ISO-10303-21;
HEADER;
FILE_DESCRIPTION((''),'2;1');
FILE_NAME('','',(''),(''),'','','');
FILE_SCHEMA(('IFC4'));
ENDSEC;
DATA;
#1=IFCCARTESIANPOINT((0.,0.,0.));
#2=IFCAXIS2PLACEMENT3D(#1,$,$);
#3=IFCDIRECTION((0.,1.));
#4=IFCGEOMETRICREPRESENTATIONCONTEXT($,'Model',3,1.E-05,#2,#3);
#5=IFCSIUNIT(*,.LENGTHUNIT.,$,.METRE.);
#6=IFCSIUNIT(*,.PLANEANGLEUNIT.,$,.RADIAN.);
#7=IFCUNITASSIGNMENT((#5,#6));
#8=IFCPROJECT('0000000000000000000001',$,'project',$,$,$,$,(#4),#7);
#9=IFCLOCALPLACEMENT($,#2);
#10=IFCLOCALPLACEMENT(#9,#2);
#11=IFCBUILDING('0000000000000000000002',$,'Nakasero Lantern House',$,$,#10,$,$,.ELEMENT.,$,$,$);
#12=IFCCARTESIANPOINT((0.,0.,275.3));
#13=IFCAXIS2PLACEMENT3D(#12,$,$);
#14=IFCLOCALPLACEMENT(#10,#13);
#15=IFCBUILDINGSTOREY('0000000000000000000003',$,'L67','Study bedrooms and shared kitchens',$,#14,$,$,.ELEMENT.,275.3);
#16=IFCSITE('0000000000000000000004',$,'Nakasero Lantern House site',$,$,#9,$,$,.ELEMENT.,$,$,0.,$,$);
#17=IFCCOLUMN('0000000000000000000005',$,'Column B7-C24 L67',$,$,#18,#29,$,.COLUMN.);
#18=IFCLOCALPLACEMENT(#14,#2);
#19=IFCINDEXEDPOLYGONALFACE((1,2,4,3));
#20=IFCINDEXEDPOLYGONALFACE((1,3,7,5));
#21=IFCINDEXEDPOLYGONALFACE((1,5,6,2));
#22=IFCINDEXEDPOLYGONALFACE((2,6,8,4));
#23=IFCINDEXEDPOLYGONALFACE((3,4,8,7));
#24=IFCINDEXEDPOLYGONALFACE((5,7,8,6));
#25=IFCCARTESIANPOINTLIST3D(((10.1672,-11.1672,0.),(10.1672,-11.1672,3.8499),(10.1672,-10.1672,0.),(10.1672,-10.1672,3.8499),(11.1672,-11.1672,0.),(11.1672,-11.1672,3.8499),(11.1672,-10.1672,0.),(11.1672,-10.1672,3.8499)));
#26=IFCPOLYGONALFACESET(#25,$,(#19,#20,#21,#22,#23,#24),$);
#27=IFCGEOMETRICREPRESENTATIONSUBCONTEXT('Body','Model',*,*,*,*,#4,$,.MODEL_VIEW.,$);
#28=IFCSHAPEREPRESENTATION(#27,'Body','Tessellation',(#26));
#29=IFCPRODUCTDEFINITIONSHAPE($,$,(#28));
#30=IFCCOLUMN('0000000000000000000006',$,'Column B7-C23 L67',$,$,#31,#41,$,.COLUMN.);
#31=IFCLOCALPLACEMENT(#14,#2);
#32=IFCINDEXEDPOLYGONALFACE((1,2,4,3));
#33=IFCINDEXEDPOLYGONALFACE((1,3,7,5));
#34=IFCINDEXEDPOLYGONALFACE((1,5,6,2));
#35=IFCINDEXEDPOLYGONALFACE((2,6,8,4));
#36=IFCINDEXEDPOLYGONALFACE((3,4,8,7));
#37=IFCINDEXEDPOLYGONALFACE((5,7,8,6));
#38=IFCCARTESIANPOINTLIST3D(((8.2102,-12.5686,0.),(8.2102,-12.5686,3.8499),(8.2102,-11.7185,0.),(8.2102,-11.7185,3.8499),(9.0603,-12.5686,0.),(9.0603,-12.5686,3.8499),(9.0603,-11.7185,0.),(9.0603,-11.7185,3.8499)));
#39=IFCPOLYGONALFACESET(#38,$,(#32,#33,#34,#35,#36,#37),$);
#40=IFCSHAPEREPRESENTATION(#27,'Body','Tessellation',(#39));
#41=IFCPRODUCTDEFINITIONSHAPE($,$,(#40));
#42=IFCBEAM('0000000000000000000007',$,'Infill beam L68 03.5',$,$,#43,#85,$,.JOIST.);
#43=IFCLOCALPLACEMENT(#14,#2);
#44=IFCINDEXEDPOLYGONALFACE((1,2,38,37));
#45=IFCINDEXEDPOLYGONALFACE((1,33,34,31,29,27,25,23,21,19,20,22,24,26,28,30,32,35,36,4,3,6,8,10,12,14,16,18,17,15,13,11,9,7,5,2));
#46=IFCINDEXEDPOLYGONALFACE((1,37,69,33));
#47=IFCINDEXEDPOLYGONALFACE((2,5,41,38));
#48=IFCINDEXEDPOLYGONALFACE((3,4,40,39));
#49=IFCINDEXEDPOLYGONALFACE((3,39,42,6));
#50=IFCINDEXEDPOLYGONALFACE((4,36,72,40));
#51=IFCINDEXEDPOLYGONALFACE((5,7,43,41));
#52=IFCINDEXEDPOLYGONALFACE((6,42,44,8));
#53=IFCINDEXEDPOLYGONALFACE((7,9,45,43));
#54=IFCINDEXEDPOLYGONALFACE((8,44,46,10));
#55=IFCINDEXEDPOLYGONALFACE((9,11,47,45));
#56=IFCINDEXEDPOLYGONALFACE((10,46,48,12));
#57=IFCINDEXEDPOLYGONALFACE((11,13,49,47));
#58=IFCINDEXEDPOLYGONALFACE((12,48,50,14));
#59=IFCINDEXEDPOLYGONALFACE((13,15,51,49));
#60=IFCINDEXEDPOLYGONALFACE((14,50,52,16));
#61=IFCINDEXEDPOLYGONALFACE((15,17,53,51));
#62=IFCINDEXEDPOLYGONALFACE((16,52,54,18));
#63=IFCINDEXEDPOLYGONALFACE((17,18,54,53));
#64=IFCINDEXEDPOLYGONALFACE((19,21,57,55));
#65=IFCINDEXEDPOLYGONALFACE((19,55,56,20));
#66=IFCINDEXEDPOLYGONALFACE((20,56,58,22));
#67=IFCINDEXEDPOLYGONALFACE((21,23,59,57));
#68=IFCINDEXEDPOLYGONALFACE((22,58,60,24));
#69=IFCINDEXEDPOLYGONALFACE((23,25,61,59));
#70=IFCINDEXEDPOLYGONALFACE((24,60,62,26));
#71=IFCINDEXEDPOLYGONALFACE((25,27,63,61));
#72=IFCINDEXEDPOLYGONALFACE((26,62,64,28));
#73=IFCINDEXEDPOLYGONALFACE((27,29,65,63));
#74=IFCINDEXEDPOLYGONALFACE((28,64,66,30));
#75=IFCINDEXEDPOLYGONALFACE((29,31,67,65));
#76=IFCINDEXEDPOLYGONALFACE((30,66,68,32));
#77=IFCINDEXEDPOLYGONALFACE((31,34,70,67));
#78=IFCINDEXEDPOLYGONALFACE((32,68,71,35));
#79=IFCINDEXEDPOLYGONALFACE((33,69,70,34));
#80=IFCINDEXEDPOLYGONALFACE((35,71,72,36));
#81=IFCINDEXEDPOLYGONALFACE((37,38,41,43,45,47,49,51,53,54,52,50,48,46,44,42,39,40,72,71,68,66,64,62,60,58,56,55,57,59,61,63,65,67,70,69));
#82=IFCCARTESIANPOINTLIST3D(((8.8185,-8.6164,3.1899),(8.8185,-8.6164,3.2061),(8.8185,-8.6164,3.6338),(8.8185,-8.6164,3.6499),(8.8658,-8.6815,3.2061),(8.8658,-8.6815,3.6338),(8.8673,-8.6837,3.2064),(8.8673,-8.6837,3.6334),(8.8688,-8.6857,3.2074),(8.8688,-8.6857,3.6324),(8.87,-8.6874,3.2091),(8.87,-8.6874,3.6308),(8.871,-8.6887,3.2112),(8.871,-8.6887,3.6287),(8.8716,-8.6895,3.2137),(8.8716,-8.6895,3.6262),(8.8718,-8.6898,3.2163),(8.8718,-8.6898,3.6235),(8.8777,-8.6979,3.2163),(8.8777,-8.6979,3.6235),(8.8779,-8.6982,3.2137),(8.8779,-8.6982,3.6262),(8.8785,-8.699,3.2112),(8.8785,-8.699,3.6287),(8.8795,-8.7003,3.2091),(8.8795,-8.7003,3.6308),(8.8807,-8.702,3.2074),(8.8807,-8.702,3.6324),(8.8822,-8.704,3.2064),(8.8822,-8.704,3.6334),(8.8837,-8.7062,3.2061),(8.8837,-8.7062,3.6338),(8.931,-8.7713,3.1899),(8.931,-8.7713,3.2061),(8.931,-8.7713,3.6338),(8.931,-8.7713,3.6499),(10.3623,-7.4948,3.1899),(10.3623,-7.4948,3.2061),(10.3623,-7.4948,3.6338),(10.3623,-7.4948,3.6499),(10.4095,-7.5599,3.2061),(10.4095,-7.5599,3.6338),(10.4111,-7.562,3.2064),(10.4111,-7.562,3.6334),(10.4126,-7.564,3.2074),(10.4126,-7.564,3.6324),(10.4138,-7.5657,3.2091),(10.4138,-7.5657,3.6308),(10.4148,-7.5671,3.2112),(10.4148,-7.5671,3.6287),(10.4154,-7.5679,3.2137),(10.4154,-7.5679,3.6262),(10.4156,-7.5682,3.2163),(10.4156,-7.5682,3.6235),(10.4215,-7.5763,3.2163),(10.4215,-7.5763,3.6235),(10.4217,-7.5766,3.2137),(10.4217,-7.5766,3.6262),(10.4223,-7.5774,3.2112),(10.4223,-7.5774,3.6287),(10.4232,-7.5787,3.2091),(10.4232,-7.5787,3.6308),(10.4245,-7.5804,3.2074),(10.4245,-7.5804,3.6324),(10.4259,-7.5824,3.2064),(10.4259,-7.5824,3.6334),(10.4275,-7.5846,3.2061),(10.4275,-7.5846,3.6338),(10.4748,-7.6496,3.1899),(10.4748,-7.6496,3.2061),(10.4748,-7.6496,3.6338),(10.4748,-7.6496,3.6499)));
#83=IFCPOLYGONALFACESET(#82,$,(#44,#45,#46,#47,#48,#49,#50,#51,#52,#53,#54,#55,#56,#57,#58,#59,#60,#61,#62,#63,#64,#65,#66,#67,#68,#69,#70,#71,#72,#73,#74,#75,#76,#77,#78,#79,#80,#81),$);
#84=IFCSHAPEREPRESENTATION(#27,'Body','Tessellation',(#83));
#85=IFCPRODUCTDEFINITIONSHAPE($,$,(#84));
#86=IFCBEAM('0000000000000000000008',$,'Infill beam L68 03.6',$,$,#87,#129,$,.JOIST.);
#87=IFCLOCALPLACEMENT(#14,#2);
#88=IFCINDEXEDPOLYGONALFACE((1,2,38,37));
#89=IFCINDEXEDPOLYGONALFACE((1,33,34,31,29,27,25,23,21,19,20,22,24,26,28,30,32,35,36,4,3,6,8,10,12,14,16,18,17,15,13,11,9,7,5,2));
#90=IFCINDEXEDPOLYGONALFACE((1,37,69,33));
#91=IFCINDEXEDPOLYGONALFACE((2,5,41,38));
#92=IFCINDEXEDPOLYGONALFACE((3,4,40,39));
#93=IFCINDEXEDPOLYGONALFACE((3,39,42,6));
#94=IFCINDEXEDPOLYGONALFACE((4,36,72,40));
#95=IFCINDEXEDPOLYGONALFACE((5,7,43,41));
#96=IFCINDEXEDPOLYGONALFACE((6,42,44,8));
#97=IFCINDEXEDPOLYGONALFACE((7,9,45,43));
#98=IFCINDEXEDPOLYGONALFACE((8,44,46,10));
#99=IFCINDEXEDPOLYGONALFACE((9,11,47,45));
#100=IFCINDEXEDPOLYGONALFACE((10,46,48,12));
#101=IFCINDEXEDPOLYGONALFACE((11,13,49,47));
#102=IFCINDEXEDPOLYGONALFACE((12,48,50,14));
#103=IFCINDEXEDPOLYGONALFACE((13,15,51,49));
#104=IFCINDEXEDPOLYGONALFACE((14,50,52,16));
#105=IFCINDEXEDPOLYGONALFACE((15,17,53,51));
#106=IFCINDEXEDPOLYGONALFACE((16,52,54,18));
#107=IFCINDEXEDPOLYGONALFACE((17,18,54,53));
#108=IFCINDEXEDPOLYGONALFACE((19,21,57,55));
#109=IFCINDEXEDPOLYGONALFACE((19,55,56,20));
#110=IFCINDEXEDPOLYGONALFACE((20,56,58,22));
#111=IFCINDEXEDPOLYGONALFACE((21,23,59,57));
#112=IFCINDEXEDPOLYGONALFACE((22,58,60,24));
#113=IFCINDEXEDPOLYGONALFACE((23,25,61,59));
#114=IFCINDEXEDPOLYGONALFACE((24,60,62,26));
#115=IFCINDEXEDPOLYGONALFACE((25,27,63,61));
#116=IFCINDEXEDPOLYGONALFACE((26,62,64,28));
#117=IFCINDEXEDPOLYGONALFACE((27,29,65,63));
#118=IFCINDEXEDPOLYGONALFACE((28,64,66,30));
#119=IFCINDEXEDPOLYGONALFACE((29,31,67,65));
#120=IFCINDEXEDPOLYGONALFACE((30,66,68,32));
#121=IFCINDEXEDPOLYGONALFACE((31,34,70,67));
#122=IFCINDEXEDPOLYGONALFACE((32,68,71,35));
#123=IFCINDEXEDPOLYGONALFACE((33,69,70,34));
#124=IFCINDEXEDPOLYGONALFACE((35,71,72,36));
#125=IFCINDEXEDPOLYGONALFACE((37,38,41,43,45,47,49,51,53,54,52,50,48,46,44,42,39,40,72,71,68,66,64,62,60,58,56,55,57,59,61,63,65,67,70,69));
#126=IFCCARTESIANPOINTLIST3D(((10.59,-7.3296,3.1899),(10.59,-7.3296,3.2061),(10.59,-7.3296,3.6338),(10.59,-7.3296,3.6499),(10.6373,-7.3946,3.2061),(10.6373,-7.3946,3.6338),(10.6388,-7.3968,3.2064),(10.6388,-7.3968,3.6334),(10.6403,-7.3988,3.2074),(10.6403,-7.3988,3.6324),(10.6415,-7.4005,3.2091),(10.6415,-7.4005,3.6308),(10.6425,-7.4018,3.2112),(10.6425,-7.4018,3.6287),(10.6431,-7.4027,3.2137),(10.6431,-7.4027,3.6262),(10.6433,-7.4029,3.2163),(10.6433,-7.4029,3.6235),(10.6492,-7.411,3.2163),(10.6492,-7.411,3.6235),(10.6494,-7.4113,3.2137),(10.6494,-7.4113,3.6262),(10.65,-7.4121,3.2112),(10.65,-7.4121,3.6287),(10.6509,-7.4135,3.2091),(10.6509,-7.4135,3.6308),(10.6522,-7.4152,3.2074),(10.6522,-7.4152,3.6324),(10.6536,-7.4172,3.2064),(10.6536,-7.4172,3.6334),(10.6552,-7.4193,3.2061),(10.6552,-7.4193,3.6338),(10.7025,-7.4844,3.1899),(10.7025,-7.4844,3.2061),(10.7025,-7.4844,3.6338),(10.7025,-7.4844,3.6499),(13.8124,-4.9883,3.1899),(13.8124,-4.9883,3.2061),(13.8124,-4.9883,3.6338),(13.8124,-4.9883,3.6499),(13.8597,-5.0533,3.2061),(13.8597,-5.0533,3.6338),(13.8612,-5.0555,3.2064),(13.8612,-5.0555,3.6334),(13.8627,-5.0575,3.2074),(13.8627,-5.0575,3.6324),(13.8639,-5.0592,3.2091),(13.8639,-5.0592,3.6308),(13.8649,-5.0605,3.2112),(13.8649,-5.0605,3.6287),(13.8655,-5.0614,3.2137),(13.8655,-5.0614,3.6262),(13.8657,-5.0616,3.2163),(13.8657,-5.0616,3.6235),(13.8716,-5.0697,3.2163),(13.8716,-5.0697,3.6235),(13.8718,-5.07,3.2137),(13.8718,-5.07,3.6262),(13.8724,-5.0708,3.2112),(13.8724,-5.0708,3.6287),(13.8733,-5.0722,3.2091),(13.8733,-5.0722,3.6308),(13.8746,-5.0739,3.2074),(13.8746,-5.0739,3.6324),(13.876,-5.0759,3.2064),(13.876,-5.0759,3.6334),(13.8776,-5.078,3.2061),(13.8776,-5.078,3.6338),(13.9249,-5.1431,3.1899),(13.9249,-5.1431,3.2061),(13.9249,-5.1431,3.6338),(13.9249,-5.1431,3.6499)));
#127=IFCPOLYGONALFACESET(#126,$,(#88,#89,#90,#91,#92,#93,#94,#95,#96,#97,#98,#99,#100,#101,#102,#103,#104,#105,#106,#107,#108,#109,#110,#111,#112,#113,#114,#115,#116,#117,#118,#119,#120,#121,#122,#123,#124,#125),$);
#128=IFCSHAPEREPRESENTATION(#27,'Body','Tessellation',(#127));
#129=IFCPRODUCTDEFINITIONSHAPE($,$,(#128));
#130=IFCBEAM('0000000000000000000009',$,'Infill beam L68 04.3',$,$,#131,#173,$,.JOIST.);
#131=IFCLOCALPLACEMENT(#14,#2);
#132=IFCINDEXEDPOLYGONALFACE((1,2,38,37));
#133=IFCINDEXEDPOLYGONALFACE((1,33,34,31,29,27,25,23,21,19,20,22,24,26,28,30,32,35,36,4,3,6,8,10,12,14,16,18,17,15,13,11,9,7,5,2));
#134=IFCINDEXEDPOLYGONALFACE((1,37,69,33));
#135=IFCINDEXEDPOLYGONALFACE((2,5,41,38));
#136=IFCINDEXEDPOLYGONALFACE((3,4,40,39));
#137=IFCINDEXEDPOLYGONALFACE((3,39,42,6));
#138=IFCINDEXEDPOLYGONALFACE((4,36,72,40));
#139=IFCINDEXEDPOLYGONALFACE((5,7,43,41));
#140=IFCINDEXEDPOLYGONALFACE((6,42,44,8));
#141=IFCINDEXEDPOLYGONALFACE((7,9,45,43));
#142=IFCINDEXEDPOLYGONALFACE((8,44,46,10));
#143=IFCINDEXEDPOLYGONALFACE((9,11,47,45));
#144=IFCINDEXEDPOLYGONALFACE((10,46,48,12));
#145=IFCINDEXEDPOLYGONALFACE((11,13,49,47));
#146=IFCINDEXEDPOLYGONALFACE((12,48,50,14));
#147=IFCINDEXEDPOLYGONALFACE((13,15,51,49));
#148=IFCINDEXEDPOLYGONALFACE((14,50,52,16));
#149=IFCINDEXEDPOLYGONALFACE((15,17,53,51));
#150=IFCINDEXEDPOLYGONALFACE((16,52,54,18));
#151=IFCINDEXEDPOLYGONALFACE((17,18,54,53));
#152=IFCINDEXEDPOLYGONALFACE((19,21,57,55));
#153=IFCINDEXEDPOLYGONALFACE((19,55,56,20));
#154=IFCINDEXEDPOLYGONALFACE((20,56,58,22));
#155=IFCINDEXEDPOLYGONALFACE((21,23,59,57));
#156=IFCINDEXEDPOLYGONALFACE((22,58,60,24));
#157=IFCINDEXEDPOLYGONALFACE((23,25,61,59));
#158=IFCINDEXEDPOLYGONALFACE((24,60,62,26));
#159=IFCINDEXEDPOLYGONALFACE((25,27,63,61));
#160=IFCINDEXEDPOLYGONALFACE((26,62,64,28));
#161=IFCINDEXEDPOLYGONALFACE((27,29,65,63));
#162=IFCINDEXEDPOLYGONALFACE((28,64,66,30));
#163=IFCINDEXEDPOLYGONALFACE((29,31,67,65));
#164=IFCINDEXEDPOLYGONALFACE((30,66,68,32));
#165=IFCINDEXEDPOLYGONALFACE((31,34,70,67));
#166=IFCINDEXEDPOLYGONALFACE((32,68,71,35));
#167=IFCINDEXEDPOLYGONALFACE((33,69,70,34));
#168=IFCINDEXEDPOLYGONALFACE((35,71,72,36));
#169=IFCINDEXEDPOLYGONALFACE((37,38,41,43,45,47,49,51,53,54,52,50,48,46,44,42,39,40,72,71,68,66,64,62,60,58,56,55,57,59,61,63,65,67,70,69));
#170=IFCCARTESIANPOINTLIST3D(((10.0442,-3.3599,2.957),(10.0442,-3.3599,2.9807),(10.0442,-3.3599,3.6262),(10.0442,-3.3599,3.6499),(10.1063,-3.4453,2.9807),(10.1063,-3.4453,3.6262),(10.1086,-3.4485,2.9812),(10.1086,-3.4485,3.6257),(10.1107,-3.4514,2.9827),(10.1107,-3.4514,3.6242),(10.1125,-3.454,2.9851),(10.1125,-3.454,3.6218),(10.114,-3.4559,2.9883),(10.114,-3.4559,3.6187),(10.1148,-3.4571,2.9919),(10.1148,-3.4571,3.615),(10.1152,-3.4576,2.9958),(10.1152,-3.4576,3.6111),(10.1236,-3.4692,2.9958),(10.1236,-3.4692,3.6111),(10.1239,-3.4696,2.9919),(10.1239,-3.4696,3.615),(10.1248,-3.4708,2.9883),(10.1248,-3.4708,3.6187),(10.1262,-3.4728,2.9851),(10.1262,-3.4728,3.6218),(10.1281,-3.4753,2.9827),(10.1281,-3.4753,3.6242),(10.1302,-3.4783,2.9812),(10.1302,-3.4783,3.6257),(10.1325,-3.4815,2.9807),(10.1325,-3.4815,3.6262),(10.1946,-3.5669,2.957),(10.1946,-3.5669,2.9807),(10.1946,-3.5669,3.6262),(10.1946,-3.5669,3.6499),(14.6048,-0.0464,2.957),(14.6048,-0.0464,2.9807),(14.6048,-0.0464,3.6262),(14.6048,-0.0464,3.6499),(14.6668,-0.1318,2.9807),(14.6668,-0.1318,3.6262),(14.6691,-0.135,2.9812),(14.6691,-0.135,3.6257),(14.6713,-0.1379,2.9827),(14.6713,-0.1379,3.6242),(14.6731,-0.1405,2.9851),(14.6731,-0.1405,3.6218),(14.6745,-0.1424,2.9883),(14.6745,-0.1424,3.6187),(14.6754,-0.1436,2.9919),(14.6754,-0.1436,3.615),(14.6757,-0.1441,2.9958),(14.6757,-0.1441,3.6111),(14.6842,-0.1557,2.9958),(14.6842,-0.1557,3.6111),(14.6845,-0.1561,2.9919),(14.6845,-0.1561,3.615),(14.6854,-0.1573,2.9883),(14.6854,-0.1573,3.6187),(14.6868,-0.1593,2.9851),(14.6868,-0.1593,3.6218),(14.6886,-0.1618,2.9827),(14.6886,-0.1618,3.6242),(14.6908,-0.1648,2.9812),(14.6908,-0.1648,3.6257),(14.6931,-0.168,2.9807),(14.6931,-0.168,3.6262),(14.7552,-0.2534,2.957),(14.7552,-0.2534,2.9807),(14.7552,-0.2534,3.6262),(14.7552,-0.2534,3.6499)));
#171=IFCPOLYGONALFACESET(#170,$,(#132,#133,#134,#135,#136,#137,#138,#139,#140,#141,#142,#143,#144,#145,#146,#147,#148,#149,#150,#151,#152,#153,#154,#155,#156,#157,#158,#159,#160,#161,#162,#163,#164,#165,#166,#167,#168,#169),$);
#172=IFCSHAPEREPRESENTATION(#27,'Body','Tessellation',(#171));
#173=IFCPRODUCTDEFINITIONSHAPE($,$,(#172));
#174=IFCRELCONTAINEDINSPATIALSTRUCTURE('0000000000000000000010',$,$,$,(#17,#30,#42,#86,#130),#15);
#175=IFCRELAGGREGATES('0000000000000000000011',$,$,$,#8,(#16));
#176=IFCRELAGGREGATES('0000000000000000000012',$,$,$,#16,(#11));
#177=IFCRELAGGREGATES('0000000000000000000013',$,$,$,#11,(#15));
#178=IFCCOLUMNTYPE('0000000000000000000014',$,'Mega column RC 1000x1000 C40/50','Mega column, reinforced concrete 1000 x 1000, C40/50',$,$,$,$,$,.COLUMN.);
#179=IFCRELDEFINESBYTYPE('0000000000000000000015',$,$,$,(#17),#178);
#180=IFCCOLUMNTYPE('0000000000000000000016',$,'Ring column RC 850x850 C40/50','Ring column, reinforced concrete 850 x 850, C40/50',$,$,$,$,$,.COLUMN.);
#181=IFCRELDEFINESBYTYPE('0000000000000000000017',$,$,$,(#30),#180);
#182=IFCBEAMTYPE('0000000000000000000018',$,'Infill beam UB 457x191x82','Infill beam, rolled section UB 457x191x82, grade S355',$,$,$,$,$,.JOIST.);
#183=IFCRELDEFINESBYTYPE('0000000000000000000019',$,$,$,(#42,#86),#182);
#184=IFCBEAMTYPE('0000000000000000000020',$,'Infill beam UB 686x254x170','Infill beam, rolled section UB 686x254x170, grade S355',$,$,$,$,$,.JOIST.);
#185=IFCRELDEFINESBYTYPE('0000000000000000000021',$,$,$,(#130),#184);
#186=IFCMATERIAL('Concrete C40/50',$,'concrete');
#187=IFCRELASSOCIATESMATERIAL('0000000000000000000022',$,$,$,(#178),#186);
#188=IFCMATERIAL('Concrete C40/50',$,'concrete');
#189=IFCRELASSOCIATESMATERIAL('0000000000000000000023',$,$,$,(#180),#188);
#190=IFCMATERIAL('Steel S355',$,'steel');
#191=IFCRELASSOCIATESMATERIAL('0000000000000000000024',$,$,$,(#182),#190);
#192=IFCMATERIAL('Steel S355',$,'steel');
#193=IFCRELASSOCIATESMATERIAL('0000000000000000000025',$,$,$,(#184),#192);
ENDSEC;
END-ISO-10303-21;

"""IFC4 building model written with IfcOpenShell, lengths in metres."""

from ifc_helpers import new_model, si_unit, direction, frame, origin, origin_2d, place, context, subcontext, project, spatial, rectangle, i_section, extrude, material, material_profile, profile_set, type_object, element, save


model = new_model("IFC4")

# Units and contexts
model_context = context("Model", 3, precision=1e-05, world=origin(), true_north=direction((0.0, 1.0)))
body_context = subcontext(model_context, "Body", "Model", "MODEL_VIEW")
ifc_project = project(units=[si_unit("LENGTHUNIT", "METRE"), si_unit("PLANEANGLEUNIT", "RADIAN")], contexts=[model_context])

# Site, building, storey
site_placement = place(None, origin())
site = spatial("IfcSite", under=ifc_project, at=site_placement, Name="Nakasero Lantern House site", CompositionType="ELEMENT", RefElevation=0.0)
building_placement = place(site_placement, origin())
building = spatial("IfcBuilding", under=site, at=building_placement, Name="Nakasero Lantern House", CompositionType="ELEMENT")
storey_placement = place(building_placement, frame((0.0, 0.0, 275.3)))
storey = spatial("IfcBuildingStorey", under=building, at=storey_placement, Name="L67", Description="Study bedrooms and shared kitchens", CompositionType="ELEMENT", Elevation=275.3)

# Columns
ifc_material_1 = material(Name="Concrete C40/50", Category="concrete")
ifc_material_profile_1 = material_profile(ifc_material_1, rectangle(XDim=1.0, YDim=1.0, at=origin_2d()), Name="RC 1000x1000")
ifc_profile_set_1 = profile_set([ifc_material_profile_1], Name="Concrete C40/50")
column_type_1 = type_object("IfcColumnType", Name="Mega column RC 1000x1000 C40/50", Description="Mega column, reinforced concrete 1000 x 1000, C40/50", PredefinedType="COLUMN", material=ifc_profile_set_1)
column_1_placement = place(storey_placement, frame((10.6672, -10.6672, 0.0), z_axis=(0.0, 0.0, 1.0), x_axis=(1.0, 0.0, 0.0)))
element("IfcColumn", 1, at=column_1_placement, inside=storey, type_object=column_type_1, Name="Column B7-C24 L67", PredefinedType="COLUMN", context=body_context, shape_type="SweptSolid", body=[
    extrude(rectangle(XDim=1.0, YDim=1.0, at=origin_2d()), origin(), (0.0, 0.0, 1.0), 3.8499),
])
ifc_material_2 = material(Name="Concrete C40/50", Category="concrete")
ifc_material_profile_2 = material_profile(ifc_material_2, rectangle(XDim=0.8501, YDim=0.8501, at=origin_2d()), Name="RC 850x850")
ifc_profile_set_2 = profile_set([ifc_material_profile_2], Name="Concrete C40/50")
column_type_2 = type_object("IfcColumnType", Name="Ring column RC 850x850 C40/50", Description="Ring column, reinforced concrete 850 x 850, C40/50", PredefinedType="COLUMN", material=ifc_profile_set_2)
column_2_placement = place(storey_placement, frame((8.6353, -12.1436, 0.0), z_axis=(0.0, 0.0, 1.0), x_axis=(1.0, 0.0, 0.0)))
element("IfcColumn", 2, at=column_2_placement, inside=storey, type_object=column_type_2, Name="Column B7-C23 L67", PredefinedType="COLUMN", context=body_context, shape_type="SweptSolid", body=[
    extrude(rectangle(XDim=0.8501, YDim=0.8501, at=origin_2d()), origin(), (0.0, 0.0, 1.0), 3.8499),
])

# Beams
ifc_material_3 = material(Name="Steel S355", Category="steel")
ifc_material_profile_3 = material_profile(ifc_material_3, i_section(OverallWidth=0.1914, OverallDepth=0.46, WebThickness=0.01, FlangeThickness=0.0161, FilletRadius=0.0103, at=origin_2d()), Name="UB 457x191x82")
ifc_profile_set_3 = profile_set([ifc_material_profile_3], Name="Steel S355")
beam_type_1 = type_object("IfcBeamType", Name="Infill beam UB 457x191x82", Description="Infill beam, rolled section UB 457x191x82, grade S355", PredefinedType="JOIST", material=ifc_profile_set_3)
beam_1_placement = place(storey_placement, frame((8.8748, -8.6938, 3.4199), z_axis=(0.809013, 0.587791, 0.0), x_axis=(-0.587791, 0.809013, 0.0)))
element("IfcBeam", 3, at=beam_1_placement, inside=storey, type_object=beam_type_1, Name="Infill beam L68 03.5", PredefinedType="JOIST", context=body_context, shape_type="SweptSolid", body=[
    extrude(i_section(OverallWidth=0.1914, OverallDepth=0.46, WebThickness=0.01, FlangeThickness=0.0161, FilletRadius=0.0103, at=origin_2d()), origin(), (0.0, 0.0, 1.0), 1.9082),
])
beam_2_placement = place(storey_placement, frame((10.6462, -7.407, 3.4199), z_axis=(0.809006, 0.5878, 0.0), x_axis=(-0.5878, 0.809006, 0.0)))
element("IfcBeam", 4, at=beam_2_placement, inside=storey, type_object=beam_type_1, Name="Infill beam L68 03.6", PredefinedType="JOIST", context=body_context, shape_type="SweptSolid", body=[
    extrude(i_section(OverallWidth=0.1914, OverallDepth=0.46, WebThickness=0.01, FlangeThickness=0.0161, FilletRadius=0.0103, at=origin_2d()), origin(), (0.0, 0.0, 1.0), 3.9832),
])
ifc_material_4 = material(Name="Steel S355", Category="steel")
ifc_material_profile_4 = material_profile(ifc_material_4, i_section(OverallWidth=0.2559, OverallDepth=0.6929, WebThickness=0.0144, FlangeThickness=0.0237, FilletRadius=0.0151, at=origin_2d()), Name="UB 686x254x170")
ifc_profile_set_4 = profile_set([ifc_material_profile_4], Name="Steel S355")
beam_type_2 = type_object("IfcBeamType", Name="Infill beam UB 686x254x170", Description="Infill beam, rolled section UB 686x254x170, grade S355", PredefinedType="JOIST", material=ifc_profile_set_4)
beam_3_placement = place(storey_placement, frame((10.1194, -3.4634, 3.3035), z_axis=(0.809013, 0.587791, 0.0), x_axis=(-0.587791, 0.809013, 0.0)))
element("IfcBeam", 5, at=beam_3_placement, inside=storey, type_object=beam_type_2, Name="Infill beam L68 04.3", PredefinedType="JOIST", context=body_context, shape_type="SweptSolid", body=[
    extrude(i_section(OverallWidth=0.2559, OverallDepth=0.6929, WebThickness=0.0144, FlangeThickness=0.0237, FilletRadius=0.0151, at=origin_2d()), origin(), (0.0, 0.0, 1.0), 5.6372),
])

save(model, "model.ifc")
